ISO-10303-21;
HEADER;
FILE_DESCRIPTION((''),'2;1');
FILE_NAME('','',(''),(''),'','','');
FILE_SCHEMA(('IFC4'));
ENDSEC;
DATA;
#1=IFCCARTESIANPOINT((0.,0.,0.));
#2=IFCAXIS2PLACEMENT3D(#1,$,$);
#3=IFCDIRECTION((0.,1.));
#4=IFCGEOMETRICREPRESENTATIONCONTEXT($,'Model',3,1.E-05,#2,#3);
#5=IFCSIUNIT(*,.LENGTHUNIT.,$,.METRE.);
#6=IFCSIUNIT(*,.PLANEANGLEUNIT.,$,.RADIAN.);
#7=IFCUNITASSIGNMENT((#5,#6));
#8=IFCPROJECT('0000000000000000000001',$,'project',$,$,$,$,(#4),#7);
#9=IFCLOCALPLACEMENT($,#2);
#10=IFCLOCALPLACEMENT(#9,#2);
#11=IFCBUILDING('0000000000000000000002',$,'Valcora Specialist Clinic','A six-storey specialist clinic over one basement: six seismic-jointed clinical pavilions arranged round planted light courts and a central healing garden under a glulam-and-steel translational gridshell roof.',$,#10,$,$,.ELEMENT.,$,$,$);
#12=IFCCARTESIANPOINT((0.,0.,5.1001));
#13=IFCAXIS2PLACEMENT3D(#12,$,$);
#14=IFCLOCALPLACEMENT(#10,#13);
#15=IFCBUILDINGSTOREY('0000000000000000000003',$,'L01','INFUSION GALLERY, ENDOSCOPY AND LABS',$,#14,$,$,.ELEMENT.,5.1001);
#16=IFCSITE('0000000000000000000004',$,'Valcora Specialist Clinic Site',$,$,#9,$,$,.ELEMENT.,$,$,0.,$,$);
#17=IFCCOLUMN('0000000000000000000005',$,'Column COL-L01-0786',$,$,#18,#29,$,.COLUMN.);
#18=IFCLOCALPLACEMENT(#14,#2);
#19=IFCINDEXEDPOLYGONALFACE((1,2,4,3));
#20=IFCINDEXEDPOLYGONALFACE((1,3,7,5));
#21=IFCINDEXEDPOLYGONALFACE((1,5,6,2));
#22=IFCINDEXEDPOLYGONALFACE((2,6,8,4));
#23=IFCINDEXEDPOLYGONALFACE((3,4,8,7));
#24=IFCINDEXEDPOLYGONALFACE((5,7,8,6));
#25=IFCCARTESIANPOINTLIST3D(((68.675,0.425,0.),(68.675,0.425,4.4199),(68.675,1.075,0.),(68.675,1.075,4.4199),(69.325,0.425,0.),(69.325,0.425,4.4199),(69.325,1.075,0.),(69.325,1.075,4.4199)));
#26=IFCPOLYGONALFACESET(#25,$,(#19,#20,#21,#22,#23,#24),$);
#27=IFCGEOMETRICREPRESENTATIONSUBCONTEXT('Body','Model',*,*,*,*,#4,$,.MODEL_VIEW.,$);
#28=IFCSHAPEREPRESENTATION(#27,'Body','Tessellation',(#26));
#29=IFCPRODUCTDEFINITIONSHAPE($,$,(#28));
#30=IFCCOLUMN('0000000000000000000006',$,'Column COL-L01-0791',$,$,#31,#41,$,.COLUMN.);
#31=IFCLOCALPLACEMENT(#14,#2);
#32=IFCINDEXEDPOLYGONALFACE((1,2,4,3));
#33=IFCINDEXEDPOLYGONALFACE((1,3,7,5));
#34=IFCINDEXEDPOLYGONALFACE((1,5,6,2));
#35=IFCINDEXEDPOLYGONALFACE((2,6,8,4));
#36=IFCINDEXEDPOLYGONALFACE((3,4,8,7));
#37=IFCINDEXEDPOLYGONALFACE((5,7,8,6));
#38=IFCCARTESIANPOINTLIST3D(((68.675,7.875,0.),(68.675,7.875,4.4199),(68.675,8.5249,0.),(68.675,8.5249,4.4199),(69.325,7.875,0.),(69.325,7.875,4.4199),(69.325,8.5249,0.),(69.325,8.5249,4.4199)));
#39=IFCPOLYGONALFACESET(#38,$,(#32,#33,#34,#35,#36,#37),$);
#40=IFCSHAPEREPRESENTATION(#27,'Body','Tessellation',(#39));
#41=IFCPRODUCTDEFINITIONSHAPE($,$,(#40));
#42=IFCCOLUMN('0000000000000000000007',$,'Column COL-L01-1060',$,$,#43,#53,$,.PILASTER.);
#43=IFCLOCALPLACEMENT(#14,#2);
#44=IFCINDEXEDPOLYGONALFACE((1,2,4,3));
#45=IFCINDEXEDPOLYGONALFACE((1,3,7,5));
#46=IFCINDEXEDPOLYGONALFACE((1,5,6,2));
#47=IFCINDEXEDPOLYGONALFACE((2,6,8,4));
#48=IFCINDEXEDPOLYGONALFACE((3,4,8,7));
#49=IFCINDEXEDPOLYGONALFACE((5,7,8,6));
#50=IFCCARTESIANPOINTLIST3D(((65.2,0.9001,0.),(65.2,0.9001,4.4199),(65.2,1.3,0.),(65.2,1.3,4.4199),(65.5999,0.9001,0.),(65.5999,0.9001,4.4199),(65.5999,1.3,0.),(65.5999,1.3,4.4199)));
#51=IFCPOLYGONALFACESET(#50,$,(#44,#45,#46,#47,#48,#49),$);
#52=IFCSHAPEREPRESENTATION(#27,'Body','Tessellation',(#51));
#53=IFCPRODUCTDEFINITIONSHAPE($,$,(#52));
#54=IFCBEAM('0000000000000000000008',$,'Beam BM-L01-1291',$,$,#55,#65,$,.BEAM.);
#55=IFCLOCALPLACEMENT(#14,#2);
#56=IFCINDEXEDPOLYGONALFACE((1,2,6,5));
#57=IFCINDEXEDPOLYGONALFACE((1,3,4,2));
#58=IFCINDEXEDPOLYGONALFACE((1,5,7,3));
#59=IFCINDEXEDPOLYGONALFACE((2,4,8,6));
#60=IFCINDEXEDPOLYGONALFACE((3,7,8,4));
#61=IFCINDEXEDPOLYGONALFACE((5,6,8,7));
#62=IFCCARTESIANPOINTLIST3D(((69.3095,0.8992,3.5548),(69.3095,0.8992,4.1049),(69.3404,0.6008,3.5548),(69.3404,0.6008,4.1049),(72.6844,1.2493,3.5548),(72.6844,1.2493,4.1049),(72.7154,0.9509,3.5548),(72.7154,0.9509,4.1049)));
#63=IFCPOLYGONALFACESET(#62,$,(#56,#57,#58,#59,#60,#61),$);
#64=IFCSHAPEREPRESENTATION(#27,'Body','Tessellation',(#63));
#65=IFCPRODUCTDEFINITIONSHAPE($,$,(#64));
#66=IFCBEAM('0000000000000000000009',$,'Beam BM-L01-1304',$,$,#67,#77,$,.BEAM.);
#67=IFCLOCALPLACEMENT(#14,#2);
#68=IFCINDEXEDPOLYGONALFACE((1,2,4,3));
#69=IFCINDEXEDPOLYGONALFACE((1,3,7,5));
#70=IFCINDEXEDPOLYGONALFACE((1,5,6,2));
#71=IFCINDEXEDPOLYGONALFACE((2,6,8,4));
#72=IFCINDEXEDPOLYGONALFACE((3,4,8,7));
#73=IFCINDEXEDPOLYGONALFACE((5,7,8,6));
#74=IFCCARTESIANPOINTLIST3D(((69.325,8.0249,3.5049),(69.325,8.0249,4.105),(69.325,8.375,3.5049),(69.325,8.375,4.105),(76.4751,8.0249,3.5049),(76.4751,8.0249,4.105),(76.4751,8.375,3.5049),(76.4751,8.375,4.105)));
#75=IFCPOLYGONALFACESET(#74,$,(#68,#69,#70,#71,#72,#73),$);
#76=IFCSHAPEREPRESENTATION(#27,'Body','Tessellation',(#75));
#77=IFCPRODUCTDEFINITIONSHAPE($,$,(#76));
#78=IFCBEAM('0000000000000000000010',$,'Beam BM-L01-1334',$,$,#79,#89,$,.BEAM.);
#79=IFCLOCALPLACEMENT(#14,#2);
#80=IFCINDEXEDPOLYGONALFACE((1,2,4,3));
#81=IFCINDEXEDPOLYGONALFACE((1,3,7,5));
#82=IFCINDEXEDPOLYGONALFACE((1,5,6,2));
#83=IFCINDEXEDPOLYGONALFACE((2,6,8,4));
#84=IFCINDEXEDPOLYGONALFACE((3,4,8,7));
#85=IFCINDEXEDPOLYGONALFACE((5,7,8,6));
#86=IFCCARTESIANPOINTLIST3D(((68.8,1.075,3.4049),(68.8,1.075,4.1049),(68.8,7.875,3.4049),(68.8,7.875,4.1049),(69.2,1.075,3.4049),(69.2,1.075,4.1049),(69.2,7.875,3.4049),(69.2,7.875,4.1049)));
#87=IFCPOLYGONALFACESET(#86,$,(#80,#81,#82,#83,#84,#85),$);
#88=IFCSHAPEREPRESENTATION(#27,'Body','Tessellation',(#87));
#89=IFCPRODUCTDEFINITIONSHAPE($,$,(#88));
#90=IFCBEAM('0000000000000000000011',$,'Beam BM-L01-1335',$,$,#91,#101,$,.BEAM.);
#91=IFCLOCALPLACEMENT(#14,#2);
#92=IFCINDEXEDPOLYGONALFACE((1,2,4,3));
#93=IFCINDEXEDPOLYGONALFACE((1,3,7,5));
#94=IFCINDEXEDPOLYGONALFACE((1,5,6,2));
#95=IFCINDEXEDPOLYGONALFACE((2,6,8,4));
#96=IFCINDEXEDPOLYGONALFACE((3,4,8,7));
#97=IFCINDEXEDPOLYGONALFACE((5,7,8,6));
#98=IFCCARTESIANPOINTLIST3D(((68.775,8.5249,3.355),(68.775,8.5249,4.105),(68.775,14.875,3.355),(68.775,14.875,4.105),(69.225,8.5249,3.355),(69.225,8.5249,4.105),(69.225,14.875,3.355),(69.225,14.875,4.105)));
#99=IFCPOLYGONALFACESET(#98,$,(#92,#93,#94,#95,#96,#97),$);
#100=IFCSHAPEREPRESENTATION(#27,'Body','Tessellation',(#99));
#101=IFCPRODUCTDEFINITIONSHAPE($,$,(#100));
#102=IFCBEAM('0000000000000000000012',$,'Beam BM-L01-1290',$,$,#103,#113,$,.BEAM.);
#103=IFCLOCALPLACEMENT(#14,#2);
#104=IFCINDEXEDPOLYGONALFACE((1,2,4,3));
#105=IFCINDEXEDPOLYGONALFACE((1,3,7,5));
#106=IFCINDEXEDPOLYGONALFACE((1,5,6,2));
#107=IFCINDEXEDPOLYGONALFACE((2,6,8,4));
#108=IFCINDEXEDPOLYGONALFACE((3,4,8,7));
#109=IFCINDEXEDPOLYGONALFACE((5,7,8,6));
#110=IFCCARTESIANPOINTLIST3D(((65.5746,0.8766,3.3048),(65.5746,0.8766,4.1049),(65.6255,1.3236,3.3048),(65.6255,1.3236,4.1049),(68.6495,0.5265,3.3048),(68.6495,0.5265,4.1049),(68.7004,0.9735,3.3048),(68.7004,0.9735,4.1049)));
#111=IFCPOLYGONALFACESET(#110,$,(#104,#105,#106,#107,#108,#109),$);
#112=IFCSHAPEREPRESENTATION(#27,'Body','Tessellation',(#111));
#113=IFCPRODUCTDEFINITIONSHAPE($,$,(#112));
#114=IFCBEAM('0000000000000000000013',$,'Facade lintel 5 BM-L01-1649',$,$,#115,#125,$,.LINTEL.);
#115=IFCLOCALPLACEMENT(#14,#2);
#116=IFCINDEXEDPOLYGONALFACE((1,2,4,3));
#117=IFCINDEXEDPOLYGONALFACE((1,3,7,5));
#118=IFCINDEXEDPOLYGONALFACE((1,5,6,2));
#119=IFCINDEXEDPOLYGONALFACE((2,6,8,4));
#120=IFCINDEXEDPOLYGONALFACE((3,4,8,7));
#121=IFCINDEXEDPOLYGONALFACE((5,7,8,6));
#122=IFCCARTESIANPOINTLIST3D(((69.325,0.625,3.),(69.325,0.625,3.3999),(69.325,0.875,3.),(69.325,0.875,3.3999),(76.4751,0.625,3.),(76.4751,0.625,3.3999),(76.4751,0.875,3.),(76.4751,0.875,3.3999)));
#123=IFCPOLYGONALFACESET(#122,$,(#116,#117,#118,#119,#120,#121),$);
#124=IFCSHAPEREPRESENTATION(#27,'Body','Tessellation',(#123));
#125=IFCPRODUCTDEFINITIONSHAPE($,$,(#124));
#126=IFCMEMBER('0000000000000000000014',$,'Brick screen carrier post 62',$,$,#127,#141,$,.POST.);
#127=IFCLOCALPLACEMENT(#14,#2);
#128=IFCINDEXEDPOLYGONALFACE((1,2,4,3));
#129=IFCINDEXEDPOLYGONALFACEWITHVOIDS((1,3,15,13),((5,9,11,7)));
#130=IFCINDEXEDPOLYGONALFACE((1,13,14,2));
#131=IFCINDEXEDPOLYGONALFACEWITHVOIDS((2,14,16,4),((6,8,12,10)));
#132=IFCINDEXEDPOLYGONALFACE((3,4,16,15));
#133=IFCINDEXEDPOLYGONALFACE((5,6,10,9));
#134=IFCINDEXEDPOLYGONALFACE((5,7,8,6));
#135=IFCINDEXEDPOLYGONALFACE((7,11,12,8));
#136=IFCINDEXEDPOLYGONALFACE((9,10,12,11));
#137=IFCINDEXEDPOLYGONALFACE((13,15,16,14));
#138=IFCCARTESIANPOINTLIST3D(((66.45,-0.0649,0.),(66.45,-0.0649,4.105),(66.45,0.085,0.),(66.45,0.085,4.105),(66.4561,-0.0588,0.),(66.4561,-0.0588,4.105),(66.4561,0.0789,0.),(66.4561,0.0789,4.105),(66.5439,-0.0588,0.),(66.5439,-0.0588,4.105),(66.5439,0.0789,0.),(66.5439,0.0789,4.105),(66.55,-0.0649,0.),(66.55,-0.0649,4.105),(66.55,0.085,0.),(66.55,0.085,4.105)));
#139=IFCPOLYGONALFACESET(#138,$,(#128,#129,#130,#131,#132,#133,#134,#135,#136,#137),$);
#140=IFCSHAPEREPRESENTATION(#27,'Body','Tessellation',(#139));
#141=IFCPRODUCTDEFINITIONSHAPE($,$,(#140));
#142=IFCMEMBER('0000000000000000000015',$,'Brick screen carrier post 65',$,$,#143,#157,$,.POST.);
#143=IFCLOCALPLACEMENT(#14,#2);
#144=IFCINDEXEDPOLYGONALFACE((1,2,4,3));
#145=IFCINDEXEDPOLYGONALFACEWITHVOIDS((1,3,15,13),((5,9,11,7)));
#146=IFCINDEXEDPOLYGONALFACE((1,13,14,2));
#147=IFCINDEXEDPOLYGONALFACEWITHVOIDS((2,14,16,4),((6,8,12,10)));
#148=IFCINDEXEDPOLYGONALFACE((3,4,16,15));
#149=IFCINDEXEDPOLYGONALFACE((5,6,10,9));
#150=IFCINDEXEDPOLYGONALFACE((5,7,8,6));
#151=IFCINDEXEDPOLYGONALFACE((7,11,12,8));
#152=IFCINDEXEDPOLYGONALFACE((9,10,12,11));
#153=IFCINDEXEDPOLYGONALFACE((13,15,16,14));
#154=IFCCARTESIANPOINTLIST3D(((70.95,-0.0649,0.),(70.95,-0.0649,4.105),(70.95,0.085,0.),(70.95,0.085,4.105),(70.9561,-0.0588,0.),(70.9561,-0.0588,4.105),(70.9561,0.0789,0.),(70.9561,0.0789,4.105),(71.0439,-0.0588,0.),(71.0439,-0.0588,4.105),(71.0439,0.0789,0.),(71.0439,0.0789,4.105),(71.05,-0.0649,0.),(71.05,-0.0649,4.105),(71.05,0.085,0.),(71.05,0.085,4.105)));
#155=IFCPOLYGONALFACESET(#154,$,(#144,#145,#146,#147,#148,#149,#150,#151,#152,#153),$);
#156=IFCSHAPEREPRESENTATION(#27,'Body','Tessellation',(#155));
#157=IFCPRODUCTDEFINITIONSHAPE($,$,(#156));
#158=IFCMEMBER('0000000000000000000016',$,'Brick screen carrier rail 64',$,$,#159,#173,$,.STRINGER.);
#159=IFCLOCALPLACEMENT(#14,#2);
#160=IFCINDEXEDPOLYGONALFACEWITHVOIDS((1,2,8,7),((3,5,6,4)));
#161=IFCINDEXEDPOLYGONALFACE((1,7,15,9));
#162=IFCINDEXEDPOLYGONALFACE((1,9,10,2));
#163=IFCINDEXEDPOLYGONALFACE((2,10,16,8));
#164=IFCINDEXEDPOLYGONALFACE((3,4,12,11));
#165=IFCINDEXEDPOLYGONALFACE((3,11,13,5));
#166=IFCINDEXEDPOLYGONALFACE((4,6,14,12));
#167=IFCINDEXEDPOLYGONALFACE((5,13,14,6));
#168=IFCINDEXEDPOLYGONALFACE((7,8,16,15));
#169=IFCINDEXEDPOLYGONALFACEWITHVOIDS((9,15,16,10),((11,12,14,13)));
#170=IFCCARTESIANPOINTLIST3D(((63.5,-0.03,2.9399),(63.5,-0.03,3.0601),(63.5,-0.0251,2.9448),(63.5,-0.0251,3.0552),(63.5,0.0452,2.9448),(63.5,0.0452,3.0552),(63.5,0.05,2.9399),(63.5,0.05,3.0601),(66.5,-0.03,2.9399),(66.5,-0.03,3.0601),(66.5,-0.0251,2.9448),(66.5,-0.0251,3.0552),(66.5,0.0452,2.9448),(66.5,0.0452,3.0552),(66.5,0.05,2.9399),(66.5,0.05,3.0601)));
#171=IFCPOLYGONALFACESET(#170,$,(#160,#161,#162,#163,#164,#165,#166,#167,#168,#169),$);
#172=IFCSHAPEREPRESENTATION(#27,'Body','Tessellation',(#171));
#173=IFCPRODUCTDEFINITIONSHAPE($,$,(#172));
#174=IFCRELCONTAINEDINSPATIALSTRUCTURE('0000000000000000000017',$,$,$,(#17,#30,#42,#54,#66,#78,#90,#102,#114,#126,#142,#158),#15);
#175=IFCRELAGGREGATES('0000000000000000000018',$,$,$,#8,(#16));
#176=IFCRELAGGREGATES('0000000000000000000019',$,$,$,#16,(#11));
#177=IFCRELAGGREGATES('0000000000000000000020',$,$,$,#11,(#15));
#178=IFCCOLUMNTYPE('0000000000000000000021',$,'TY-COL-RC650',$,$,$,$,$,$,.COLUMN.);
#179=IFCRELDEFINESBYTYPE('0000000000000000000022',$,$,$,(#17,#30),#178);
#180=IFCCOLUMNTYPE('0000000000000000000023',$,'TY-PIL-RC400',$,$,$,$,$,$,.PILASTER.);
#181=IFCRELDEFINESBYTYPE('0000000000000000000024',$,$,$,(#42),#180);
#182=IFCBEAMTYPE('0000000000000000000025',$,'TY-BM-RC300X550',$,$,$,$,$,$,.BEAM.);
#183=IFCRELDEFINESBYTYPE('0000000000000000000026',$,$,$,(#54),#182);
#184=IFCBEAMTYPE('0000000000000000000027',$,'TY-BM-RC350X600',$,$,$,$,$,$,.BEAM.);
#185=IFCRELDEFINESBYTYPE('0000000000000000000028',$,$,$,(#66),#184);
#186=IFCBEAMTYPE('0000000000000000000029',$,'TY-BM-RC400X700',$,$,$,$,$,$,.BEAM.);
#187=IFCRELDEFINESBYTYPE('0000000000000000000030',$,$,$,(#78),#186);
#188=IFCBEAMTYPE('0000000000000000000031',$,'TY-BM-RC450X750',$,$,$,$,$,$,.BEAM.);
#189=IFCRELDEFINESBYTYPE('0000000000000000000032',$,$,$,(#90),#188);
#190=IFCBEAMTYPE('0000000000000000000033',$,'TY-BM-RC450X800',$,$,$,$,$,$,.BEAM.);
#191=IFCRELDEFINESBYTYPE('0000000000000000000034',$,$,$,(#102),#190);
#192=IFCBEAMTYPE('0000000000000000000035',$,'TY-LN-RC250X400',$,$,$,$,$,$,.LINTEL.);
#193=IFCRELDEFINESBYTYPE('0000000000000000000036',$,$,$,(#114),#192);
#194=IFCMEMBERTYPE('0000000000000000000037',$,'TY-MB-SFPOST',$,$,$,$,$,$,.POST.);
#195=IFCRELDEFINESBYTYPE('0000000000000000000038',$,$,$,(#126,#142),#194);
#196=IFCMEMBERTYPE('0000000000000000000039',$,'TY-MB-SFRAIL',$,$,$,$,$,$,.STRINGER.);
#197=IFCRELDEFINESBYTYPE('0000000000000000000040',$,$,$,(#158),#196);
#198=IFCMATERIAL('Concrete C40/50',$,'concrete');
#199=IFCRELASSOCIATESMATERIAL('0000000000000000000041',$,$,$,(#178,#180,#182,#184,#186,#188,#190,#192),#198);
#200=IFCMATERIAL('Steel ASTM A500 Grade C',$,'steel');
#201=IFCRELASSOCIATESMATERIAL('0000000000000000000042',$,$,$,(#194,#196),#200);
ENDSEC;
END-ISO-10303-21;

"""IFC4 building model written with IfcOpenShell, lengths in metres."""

from ifc_helpers import new_model, si_unit, direction, frame, origin, origin_2d, place, context, subcontext, project, spatial, rectangle, hollow_rectangle, extrude, material, material_profile, profile_set, type_object, element, save


model = new_model("IFC4")

# Units and contexts
model_context = context("Model", 3, precision=1e-05, world=origin(), true_north=direction((0.0, 1.0)))
body_context = subcontext(model_context, "Body", "Model", "MODEL_VIEW")
ifc_project = project(units=[si_unit("LENGTHUNIT", "METRE"), si_unit("PLANEANGLEUNIT", "RADIAN")], contexts=[model_context])

# Site, building, storey
site_placement = place(None, origin())
site = spatial("IfcSite", under=ifc_project, at=site_placement, Name="Valcora Specialist Clinic Site", CompositionType="ELEMENT", RefElevation=0.0)
building_placement = place(site_placement, origin())
building = spatial("IfcBuilding", under=site, at=building_placement, Name="Valcora Specialist Clinic", Description="A six-storey specialist clinic over one basement: six seismic-jointed clinical pavilions arranged round planted light courts and a central healing garden under a glulam-and-steel translational gridshell roof.", CompositionType="ELEMENT")
storey_placement = place(building_placement, frame((0.0, 0.0, 5.1001)))
storey = spatial("IfcBuildingStorey", under=building, at=storey_placement, Name="L01", Description="INFUSION GALLERY, ENDOSCOPY AND LABS", CompositionType="ELEMENT", Elevation=5.1001)

# Columns
ifc_material_1 = material(Name="Concrete C40/50", Category="concrete")
ifc_material_profile_1 = material_profile(ifc_material_1, rectangle(XDim=0.6499, YDim=0.6499, at=origin_2d()), Name="RC-COL-650X650")
ifc_profile_set_1 = profile_set([ifc_material_profile_1], Name="Concrete C40/50")
column_type_1 = type_object("IfcColumnType", Name="TY-COL-RC650", PredefinedType="COLUMN", material=ifc_profile_set_1)
for number, where, z_axis, x_axis, name in (
    (1, (69.0, 0.75, 0.0), (0.0, 0.0, 1.0), (1.0, 0.0, 0.0), "Column COL-L01-0786"),
    (2, (69.0, 8.2, 0.0), (0.0, 0.0, 1.0), (1.0, 0.0, 0.0), "Column COL-L01-0791"),
):
    element("IfcColumn", number, at=place(storey_placement, frame(where, z_axis=z_axis, x_axis=x_axis)), inside=storey, type_object=column_type_1, Name=name, PredefinedType="COLUMN", context=body_context, shape_type="SweptSolid", body=[
        extrude(rectangle(XDim=0.6499, YDim=0.6499, at=origin_2d()), origin(), (0.0, 0.0, 1.0), 4.4199),
    ])
ifc_material_profile_2 = material_profile(ifc_material_1, rectangle(XDim=0.3999, YDim=0.3999, at=origin_2d()), Name="RC-COL-400X400")
ifc_profile_set_2 = profile_set([ifc_material_profile_2], Name="Concrete C40/50")
column_type_2 = type_object("IfcColumnType", Name="TY-PIL-RC400", PredefinedType="PILASTER", material=ifc_profile_set_2)
column_placement = place(storey_placement, frame((65.3999, 1.1001, 0.0), z_axis=(0.0, 0.0, 1.0), x_axis=(1.0, 0.0, 0.0)))
element("IfcColumn", 3, at=column_placement, inside=storey, type_object=column_type_2, Name="Column COL-L01-1060", PredefinedType="PILASTER", context=body_context, shape_type="SweptSolid", body=[
    extrude(rectangle(XDim=0.3999, YDim=0.3999, at=origin_2d()), origin(), (0.0, 0.0, 1.0), 4.4199),
])

# Beams
ifc_material_profile_3 = material_profile(ifc_material_1, rectangle(XDim=0.3, YDim=0.55, at=origin_2d()), Name="RC-BM-300X550")
ifc_profile_set_3 = profile_set([ifc_material_profile_3], Name="Concrete C40/50")
beam_type_1 = type_object("IfcBeamType", Name="TY-BM-RC300X550", PredefinedType="BEAM", material=ifc_profile_set_3)
beam_1_placement = place(storey_placement, frame((69.325, 0.75, 3.8298), z_axis=(0.994663, 0.103179, 0.0), x_axis=(-0.103179, 0.994663, 0.0)))
element("IfcBeam", 4, at=beam_1_placement, inside=storey, type_object=beam_type_1, Name="Beam BM-L01-1291", PredefinedType="BEAM", context=body_context, shape_type="SweptSolid", body=[
    extrude(rectangle(XDim=0.3, YDim=0.55, at=origin_2d()), origin(), (0.0, 0.0, 1.0), 3.3931),
])
ifc_material_profile_4 = material_profile(ifc_material_1, rectangle(XDim=0.3501, YDim=0.6001, at=origin_2d()), Name="RC-BM-350X600")
ifc_profile_set_4 = profile_set([ifc_material_profile_4], Name="Concrete C40/50")
beam_type_2 = type_object("IfcBeamType", Name="TY-BM-RC350X600", PredefinedType="BEAM", material=ifc_profile_set_4)
beam_2_placement = place(storey_placement, frame((69.325, 8.2, 3.8049), z_axis=(1.0, 0.0, 0.0), x_axis=(0.0, 1.0, 0.0)))
element("IfcBeam", 5, at=beam_2_placement, inside=storey, type_object=beam_type_2, Name="Beam BM-L01-1304", PredefinedType="BEAM", context=body_context, shape_type="SweptSolid", body=[
    extrude(rectangle(XDim=0.3501, YDim=0.6001, at=origin_2d()), origin(), (0.0, 0.0, 1.0), 7.1501),
])
ifc_material_profile_5 = material_profile(ifc_material_1, rectangle(XDim=0.3999, YDim=0.7, at=origin_2d()), Name="RC-BM-400X700")
ifc_profile_set_5 = profile_set([ifc_material_profile_5], Name="Concrete C40/50")
beam_type_3 = type_object("IfcBeamType", Name="TY-BM-RC400X700", PredefinedType="BEAM", material=ifc_profile_set_5)
beam_3_placement = place(storey_placement, frame((69.0, 1.075, 3.7549), z_axis=(0.0, 1.0, 0.0), x_axis=(-1.0, 0.0, 0.0)))
element("IfcBeam", 6, at=beam_3_placement, inside=storey, type_object=beam_type_3, Name="Beam BM-L01-1334", PredefinedType="BEAM", context=body_context, shape_type="SweptSolid", body=[
    extrude(rectangle(XDim=0.3999, YDim=0.7, at=origin_2d()), origin(), (0.0, 0.0, 1.0), 6.8),
])
ifc_material_profile_6 = material_profile(ifc_material_1, rectangle(XDim=0.45, YDim=0.75, at=origin_2d()), Name="RC-BM-450X750")
ifc_profile_set_6 = profile_set([ifc_material_profile_6], Name="Concrete C40/50")
beam_type_4 = type_object("IfcBeamType", Name="TY-BM-RC450X750", PredefinedType="BEAM", material=ifc_profile_set_6)
beam_4_placement = place(storey_placement, frame((69.0, 8.5249, 3.73), z_axis=(0.0, 1.0, 0.0), x_axis=(-1.0, 0.0, 0.0)))
element("IfcBeam", 7, at=beam_4_placement, inside=storey, type_object=beam_type_4, Name="Beam BM-L01-1335", PredefinedType="BEAM", context=body_context, shape_type="SweptSolid", body=[
    extrude(rectangle(XDim=0.45, YDim=0.75, at=origin_2d()), origin(), (0.0, 0.0, 1.0), 6.3501),
])
ifc_material_profile_7 = material_profile(ifc_material_1, rectangle(XDim=0.45, YDim=0.8, at=origin_2d()), Name="RC-BM-450X800")
ifc_profile_set_7 = profile_set([ifc_material_profile_7], Name="Concrete C40/50")
beam_type_5 = type_object("IfcBeamType", Name="TY-BM-RC450X800", PredefinedType="BEAM", material=ifc_profile_set_7)
beam_5_placement = place(storey_placement, frame((65.6001, 1.1001, 3.7048), z_axis=(0.993581, -0.113124, 0.0), x_axis=(0.113124, 0.993581, 0.0)))
element("IfcBeam", 8, at=beam_5_placement, inside=storey, type_object=beam_type_5, Name="Beam BM-L01-1290", PredefinedType="BEAM", context=body_context, shape_type="SweptSolid", body=[
    extrude(rectangle(XDim=0.45, YDim=0.8, at=origin_2d()), origin(), (0.0, 0.0, 1.0), 3.0947),
])
ifc_material_profile_8 = material_profile(ifc_material_1, rectangle(XDim=0.25, YDim=0.3999, at=origin_2d()), Name="RC-LN-250X400")
ifc_profile_set_8 = profile_set([ifc_material_profile_8], Name="Concrete C40/50")
beam_type_6 = type_object("IfcBeamType", Name="TY-LN-RC250X400", PredefinedType="LINTEL", material=ifc_profile_set_8)
beam_6_placement = place(storey_placement, frame((69.325, 0.75, 3.2), z_axis=(1.0, 0.0, 0.0), x_axis=(0.0, 1.0, 0.0)))
element("IfcBeam", 9, at=beam_6_placement, inside=storey, type_object=beam_type_6, Name="Facade lintel 5 BM-L01-1649", PredefinedType="LINTEL", context=body_context, shape_type="SweptSolid", body=[
    extrude(rectangle(XDim=0.25, YDim=0.3999, at=origin_2d()), origin(), (0.0, 0.0, 1.0), 7.1501),
])

# Members
ifc_material_2 = material(Name="Steel ASTM A500 Grade C", Category="steel")
ifc_material_profile_9 = material_profile(ifc_material_2, hollow_rectangle(XDim=0.1001, YDim=0.1499, WallThickness=0.0061, at=origin_2d()), Name="ST-RHS-150X100X6")
ifc_profile_set_9 = profile_set([ifc_material_profile_9], Name="Steel ASTM A500 Grade C")
member_type_1 = type_object("IfcMemberType", Name="TY-MB-SFPOST", PredefinedType="POST", material=ifc_profile_set_9)
for number, where, z_axis, x_axis, name in (
    (10, (66.5, 0.01, 0.0), (0.0, 0.0, 1.0), (1.0, 0.0, 0.0), "Brick screen carrier post 62"),
    (11, (71.0, 0.01, 0.0), (0.0, 0.0, 1.0), (1.0, 0.0, 0.0), "Brick screen carrier post 65"),
):
    element("IfcMember", number, at=place(storey_placement, frame(where, z_axis=z_axis, x_axis=x_axis)), inside=storey, type_object=member_type_1, Name=name, PredefinedType="POST", context=body_context, shape_type="SweptSolid", body=[
        extrude(hollow_rectangle(XDim=0.1001, YDim=0.1499, WallThickness=0.0061, at=origin_2d()), origin(), (0.0, 0.0, 1.0), 4.105),
    ])
ifc_material_profile_10 = material_profile(ifc_material_2, hollow_rectangle(XDim=0.0801, YDim=0.1201, WallThickness=0.0049, at=origin_2d()), Name="ST-RHS-120X80X5")
ifc_profile_set_10 = profile_set([ifc_material_profile_10], Name="Steel ASTM A500 Grade C")
member_type_2 = type_object("IfcMemberType", Name="TY-MB-SFRAIL", PredefinedType="STRINGER", material=ifc_profile_set_10)
for number, where, z_axis, x_axis, name in (
    (12, (63.5, 0.01, 3.0), (1.0, 0.0, 0.0), (0.0, 1.0, 0.0), "Brick screen carrier rail 64"),
):
    element("IfcMember", number, at=place(storey_placement, frame(where, z_axis=z_axis, x_axis=x_axis)), inside=storey, type_object=member_type_2, Name=name, PredefinedType="STRINGER", context=body_context, shape_type="SweptSolid", body=[
        extrude(hollow_rectangle(XDim=0.0801, YDim=0.1201, WallThickness=0.0049, at=origin_2d()), origin(), (0.0, 0.0, 1.0), 3.0),
    ])

save(model, "model.ifc")
